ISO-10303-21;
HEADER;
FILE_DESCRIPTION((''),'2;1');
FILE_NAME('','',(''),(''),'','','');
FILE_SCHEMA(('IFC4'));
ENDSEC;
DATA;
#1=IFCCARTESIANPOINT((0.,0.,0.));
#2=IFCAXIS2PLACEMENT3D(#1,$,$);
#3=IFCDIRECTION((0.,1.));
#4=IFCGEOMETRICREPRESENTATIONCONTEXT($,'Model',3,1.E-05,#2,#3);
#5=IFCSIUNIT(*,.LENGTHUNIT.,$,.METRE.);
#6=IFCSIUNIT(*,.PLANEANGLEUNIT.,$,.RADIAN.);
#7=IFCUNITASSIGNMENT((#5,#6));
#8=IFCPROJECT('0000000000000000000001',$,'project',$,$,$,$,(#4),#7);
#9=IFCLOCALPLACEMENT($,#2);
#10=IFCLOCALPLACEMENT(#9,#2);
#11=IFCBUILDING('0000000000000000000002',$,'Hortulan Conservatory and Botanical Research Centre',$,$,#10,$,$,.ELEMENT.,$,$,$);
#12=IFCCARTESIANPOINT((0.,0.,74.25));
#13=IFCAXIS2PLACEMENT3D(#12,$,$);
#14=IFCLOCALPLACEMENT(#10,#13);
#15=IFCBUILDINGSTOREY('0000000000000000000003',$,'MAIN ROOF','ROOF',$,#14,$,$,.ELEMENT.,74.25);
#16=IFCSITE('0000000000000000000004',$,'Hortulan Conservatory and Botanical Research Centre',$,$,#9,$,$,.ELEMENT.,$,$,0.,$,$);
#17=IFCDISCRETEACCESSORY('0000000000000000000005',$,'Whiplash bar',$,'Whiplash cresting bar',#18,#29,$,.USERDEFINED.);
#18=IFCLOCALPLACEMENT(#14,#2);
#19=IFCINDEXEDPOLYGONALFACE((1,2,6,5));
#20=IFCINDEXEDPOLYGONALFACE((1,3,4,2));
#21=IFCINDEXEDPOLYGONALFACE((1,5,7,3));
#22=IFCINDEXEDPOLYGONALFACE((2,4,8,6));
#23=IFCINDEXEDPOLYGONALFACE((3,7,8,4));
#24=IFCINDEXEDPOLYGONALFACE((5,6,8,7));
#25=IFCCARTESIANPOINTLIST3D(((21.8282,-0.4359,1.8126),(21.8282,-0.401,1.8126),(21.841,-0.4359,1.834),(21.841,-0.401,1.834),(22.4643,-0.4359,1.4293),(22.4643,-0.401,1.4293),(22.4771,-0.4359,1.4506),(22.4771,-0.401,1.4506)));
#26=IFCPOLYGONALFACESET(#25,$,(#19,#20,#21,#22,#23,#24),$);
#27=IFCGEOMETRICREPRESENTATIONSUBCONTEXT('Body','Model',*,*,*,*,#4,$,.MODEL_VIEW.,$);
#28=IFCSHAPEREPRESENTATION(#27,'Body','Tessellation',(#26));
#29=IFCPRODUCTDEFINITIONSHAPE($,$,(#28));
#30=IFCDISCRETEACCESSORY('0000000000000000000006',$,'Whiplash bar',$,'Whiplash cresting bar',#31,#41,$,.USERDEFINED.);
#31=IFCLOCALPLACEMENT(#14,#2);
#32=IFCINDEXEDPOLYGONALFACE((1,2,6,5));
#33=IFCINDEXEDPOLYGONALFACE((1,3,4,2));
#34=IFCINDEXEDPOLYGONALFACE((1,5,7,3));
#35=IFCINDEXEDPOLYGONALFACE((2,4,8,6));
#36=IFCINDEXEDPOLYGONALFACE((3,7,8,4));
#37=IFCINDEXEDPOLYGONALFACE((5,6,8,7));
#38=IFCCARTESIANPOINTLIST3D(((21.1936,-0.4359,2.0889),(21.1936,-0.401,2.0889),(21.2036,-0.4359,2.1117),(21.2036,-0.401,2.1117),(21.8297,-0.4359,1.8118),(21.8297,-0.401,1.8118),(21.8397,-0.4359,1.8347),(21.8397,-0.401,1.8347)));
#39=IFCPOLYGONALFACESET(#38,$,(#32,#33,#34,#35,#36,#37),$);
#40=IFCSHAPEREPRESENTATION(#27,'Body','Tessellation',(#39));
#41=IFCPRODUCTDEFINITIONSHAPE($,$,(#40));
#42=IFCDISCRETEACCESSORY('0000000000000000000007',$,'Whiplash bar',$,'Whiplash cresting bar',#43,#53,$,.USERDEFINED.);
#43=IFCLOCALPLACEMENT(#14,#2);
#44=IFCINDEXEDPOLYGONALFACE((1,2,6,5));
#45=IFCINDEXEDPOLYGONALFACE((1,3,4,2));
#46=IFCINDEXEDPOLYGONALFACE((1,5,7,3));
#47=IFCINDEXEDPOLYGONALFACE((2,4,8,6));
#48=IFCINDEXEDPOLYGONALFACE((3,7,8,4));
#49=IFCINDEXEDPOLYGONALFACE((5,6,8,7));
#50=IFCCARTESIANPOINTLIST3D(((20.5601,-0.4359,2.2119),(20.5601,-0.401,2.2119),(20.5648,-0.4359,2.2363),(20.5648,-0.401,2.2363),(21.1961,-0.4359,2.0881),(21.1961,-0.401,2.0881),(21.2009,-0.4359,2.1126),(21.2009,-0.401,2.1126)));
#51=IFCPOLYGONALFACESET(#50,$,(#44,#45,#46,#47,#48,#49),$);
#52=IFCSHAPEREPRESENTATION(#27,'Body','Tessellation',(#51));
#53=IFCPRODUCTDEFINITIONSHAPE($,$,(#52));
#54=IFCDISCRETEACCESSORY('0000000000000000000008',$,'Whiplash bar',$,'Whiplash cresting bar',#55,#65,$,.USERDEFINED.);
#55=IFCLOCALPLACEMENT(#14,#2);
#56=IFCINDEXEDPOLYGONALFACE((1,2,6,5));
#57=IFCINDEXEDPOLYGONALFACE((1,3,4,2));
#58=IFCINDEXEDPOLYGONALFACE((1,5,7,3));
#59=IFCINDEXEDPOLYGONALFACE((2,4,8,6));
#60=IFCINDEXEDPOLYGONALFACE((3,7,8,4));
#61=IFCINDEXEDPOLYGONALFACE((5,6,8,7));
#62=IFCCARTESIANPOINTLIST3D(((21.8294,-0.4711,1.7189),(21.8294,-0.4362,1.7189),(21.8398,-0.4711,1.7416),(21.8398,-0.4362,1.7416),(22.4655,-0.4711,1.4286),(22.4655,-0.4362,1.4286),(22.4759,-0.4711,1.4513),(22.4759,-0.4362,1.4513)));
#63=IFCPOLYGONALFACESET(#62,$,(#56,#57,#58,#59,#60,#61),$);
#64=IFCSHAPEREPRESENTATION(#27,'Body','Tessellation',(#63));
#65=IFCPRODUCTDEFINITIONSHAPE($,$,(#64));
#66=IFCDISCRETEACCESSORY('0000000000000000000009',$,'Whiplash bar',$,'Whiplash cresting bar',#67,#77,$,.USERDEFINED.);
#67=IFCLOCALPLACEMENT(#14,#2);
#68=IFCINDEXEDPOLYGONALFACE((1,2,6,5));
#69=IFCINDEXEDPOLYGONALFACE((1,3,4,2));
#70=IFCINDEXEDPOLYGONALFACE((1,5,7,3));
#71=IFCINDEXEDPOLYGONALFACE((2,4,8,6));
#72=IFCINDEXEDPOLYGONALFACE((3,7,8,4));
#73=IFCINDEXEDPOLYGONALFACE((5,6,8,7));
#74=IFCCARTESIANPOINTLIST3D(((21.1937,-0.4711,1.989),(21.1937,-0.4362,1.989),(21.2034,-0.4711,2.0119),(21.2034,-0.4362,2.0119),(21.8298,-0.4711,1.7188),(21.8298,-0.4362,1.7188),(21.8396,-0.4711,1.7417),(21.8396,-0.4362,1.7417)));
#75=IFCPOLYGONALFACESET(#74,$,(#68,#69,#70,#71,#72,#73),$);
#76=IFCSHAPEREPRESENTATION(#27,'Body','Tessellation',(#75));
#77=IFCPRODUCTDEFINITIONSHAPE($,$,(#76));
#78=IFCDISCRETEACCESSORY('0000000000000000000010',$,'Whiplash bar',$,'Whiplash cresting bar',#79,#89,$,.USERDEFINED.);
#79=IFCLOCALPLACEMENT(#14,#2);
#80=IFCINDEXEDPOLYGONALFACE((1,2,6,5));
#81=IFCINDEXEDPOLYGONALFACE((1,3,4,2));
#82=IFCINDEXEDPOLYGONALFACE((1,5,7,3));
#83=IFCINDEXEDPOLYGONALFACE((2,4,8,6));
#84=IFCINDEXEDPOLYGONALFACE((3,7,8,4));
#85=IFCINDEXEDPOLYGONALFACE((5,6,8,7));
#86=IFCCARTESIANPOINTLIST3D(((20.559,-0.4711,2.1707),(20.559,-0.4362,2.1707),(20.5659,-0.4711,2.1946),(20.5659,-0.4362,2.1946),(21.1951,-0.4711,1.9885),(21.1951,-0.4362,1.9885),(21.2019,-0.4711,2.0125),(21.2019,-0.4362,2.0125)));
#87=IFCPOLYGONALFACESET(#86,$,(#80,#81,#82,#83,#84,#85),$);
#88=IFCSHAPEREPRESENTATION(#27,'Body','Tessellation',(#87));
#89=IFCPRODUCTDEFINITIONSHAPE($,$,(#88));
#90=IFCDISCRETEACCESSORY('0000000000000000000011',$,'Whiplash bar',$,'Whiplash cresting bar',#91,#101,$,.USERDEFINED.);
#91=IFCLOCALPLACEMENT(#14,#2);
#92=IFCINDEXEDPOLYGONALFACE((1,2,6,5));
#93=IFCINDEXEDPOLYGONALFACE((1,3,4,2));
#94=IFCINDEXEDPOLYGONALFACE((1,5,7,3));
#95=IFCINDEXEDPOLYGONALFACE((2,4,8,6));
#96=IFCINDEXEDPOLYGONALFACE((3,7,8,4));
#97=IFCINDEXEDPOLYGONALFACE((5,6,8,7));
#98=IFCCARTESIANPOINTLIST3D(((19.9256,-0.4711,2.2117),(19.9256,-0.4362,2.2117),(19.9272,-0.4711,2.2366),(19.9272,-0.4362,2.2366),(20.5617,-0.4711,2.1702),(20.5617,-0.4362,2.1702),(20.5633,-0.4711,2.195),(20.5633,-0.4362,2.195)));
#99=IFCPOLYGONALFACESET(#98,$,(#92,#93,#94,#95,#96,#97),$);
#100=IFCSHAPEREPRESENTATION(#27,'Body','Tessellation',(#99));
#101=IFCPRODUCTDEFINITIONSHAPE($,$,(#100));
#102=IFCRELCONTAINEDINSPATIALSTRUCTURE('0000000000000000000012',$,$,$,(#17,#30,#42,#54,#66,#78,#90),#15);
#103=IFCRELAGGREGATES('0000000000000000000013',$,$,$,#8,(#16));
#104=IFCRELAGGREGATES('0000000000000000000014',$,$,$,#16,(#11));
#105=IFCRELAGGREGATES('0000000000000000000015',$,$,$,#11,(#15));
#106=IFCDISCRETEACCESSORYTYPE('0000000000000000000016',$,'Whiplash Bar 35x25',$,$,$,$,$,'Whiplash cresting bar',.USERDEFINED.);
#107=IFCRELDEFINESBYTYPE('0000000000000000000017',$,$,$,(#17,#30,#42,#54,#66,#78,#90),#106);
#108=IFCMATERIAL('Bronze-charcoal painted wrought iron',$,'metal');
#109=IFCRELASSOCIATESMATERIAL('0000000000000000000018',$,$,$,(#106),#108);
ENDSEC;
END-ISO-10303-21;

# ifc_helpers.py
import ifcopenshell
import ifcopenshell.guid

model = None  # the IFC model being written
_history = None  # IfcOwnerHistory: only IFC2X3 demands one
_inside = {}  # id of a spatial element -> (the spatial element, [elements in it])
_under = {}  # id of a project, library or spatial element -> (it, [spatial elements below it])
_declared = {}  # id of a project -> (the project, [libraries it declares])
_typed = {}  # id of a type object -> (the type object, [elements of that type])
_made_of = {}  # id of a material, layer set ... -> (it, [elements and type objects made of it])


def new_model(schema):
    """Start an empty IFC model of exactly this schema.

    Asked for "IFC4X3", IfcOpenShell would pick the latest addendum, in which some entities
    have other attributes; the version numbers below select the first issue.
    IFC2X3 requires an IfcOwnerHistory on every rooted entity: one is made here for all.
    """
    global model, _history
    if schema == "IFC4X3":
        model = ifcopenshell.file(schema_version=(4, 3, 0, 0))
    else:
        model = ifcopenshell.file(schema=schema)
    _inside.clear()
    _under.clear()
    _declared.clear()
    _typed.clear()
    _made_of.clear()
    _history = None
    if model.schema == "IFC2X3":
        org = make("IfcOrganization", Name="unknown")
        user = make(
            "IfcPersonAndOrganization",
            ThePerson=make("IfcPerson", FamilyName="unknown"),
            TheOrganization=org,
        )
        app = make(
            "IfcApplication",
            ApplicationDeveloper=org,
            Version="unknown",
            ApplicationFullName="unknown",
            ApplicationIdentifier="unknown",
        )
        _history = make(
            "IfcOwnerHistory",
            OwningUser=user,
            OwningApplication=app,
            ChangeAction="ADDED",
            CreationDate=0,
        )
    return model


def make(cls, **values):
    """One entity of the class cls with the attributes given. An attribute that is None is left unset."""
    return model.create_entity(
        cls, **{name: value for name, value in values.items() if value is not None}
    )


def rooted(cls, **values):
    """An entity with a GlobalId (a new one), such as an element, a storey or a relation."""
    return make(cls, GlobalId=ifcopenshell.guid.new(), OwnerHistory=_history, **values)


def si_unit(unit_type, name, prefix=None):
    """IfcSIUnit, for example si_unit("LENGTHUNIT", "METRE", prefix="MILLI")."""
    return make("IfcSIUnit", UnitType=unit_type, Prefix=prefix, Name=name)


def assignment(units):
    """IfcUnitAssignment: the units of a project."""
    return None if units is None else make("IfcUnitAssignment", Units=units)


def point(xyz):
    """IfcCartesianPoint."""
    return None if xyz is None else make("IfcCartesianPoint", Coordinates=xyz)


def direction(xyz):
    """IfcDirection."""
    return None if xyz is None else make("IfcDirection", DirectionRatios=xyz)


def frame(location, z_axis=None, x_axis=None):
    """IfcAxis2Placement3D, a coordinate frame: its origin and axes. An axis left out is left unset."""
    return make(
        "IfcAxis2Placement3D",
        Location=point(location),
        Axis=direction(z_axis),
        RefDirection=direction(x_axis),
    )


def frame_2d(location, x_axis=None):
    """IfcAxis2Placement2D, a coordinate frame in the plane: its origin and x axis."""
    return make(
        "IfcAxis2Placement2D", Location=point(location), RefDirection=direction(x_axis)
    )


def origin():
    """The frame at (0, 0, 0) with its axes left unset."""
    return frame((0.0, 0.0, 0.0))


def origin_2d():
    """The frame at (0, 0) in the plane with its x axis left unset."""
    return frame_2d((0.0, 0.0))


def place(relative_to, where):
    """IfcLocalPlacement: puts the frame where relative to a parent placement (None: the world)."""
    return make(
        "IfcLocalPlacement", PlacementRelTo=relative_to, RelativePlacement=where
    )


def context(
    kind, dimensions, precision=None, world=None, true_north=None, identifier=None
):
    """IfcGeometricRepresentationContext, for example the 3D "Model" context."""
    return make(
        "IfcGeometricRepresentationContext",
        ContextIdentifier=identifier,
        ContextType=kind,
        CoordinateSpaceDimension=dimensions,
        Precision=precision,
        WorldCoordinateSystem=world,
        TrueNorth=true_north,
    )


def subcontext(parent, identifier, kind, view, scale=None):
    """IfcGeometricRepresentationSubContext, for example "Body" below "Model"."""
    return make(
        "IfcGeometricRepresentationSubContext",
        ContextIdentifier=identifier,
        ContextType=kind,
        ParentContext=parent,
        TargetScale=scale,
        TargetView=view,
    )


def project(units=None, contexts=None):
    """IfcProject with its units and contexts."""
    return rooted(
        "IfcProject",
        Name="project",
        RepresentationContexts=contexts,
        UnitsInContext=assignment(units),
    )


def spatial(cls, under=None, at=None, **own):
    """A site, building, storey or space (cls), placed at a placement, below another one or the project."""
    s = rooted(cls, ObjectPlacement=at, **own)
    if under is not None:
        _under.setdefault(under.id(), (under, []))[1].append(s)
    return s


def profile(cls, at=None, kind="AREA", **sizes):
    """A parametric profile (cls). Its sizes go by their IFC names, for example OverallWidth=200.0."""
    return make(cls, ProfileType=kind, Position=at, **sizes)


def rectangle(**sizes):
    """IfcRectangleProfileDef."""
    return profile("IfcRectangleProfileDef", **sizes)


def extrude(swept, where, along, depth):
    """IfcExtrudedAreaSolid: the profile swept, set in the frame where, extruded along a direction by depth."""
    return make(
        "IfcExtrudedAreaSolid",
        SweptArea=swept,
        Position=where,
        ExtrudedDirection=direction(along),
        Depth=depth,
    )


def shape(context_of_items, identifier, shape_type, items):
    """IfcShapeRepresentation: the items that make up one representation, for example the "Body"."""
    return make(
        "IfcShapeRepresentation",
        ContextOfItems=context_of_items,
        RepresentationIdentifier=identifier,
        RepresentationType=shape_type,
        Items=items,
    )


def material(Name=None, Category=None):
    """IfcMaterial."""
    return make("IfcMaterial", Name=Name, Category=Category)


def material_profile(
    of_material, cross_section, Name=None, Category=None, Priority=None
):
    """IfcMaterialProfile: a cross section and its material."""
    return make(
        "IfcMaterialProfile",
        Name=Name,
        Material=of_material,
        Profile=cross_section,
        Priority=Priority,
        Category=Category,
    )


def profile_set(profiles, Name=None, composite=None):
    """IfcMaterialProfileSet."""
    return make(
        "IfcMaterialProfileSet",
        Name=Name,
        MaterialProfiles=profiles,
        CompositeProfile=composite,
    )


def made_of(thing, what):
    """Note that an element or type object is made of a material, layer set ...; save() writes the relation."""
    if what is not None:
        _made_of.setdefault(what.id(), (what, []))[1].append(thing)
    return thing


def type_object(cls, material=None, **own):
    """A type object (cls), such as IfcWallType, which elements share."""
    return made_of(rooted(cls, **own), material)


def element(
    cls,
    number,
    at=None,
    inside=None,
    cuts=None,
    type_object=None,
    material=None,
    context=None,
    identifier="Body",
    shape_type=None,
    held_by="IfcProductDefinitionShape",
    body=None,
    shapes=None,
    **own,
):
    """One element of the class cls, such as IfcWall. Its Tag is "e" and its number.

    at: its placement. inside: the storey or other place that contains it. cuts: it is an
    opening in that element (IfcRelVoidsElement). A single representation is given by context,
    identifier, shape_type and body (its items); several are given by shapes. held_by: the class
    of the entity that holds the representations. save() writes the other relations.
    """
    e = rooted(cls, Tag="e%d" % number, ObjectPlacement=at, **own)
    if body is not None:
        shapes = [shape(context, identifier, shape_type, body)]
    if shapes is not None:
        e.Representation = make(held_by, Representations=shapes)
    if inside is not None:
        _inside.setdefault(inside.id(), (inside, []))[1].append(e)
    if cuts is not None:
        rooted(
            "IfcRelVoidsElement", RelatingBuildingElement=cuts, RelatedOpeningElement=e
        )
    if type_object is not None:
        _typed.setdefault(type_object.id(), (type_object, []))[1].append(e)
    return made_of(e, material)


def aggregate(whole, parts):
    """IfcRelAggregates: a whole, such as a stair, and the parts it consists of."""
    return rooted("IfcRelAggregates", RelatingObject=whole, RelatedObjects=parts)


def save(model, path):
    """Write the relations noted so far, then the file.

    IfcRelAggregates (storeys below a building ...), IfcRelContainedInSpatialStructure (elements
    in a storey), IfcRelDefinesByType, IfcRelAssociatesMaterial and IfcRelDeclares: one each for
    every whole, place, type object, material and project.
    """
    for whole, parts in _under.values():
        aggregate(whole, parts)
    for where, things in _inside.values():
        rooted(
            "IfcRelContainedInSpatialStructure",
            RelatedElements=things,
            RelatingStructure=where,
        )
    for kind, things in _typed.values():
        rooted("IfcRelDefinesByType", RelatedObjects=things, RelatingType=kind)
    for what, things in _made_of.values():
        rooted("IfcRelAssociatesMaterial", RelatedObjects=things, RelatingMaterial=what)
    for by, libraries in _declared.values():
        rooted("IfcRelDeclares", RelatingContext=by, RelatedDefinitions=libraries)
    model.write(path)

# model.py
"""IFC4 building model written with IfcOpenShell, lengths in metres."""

from ifc_helpers import new_model, si_unit, direction, frame, origin, origin_2d, place, context, subcontext, project, spatial, rectangle, extrude, material, material_profile, profile_set, type_object, element, save


model = new_model("IFC4")

# Units and contexts
model_context = context("Model", 3, precision=1e-05, world=origin(), true_north=direction((0.0, 1.0)))
body_context = subcontext(model_context, "Body", "Model", "MODEL_VIEW")
ifc_project = project(units=[si_unit("LENGTHUNIT", "METRE"), si_unit("PLANEANGLEUNIT", "RADIAN")], contexts=[model_context])

# Site, building, storey
site_placement = place(None, origin())
site = spatial("IfcSite", under=ifc_project, at=site_placement, Name="Hortulan Conservatory and Botanical Research Centre", CompositionType="ELEMENT", RefElevation=0.0)
building_placement = place(site_placement, origin())
building = spatial("IfcBuilding", under=site, at=building_placement, Name="Hortulan Conservatory and Botanical Research Centre", CompositionType="ELEMENT")
storey_placement = place(building_placement, frame((0.0, 0.0, 74.25)))
storey = spatial("IfcBuildingStorey", under=building, at=storey_placement, Name="MAIN ROOF", Description="ROOF", CompositionType="ELEMENT", Elevation=74.25)

# Discrete accessories
ifc_material = material(Name="Bronze-charcoal painted wrought iron", Category="metal")
ifc_material_profile_1 = material_profile(ifc_material, rectangle(XDim=0.0349, YDim=0.0249, at=origin_2d()), Name="Flat bar 35x25")
ifc_profile_set_1 = profile_set([ifc_material_profile_1], Name="Bronze-charcoal painted wrought iron")
discrete_accessory_type_1 = type_object("IfcDiscreteAccessoryType", Name="Whiplash Bar 35x25", ElementType="Whiplash cresting bar", PredefinedType="USERDEFINED", material=ifc_profile_set_1)
for number, where, z_axis, x_axis, name in (
    (1, (22.4707, -0.4185, 1.4399), (-0.856476, 0.0, 0.516187), (0.0, -1.0, 0.0), "Whiplash bar"),
):
    element("IfcDiscreteAccessory", number, at=place(storey_placement, frame(where, z_axis=z_axis, x_axis=x_axis)), inside=storey, type_object=discrete_accessory_type_1, Name=name, ObjectType="Whiplash cresting bar", PredefinedType="USERDEFINED", context=body_context, shape_type="SweptSolid", body=[
        extrude(rectangle(XDim=0.0349, YDim=0.0249, at=origin_2d()), origin(), (0.0, 0.0, 1.0), 0.7427),
    ])
discrete_accessory_1_placement = place(storey_placement, frame((21.8347, -0.4185, 1.8232), z_axis=(-0.916818, 0.0, 0.399305), x_axis=(0.0, -1.0, 0.0)))
element("IfcDiscreteAccessory", 2, at=discrete_accessory_1_placement, inside=storey, type_object=discrete_accessory_type_1, Name="Whiplash bar", ObjectType="Whiplash cresting bar", PredefinedType="USERDEFINED", context=body_context, shape_type="SweptSolid", body=[
    extrude(rectangle(XDim=0.0349, YDim=0.0249, at=origin_2d()), origin(), (0.0, 0.0, 1.0), 0.6938),
])
discrete_accessory_2_placement = place(storey_placement, frame((21.1985, -0.4185, 2.1003), z_axis=(-0.981582, 0.0, 0.191041), x_axis=(0.0, -1.0, 0.0)))
element("IfcDiscreteAccessory", 3, at=discrete_accessory_2_placement, inside=storey, type_object=discrete_accessory_type_1, Name="Whiplash bar", ObjectType="Whiplash cresting bar", PredefinedType="USERDEFINED", context=body_context, shape_type="SweptSolid", body=[
    extrude(rectangle(XDim=0.0349, YDim=0.0249, at=origin_2d()), origin(), (0.0, 0.0, 1.0), 0.6479),
])
discrete_accessory_3_placement = place(storey_placement, frame((22.4707, -0.4536, 1.4399), z_axis=(-0.90972, 0.0, 0.415223), x_axis=(0.0, -1.0, 0.0)))
element("IfcDiscreteAccessory", 4, at=discrete_accessory_3_placement, inside=storey, type_object=discrete_accessory_type_1, Name="Whiplash bar", ObjectType="Whiplash cresting bar", PredefinedType="USERDEFINED", context=body_context, shape_type="SweptSolid", body=[
    extrude(rectangle(XDim=0.0349, YDim=0.0249, at=origin_2d()), origin(), (0.0, 0.0, 1.0), 0.6992),
])
discrete_accessory_4_placement = place(storey_placement, frame((21.8347, -0.4536, 1.7302), z_axis=(-0.920401, 0.0, 0.390976), x_axis=(0.0, -1.0, 0.0)))
element("IfcDiscreteAccessory", 5, at=discrete_accessory_4_placement, inside=storey, type_object=discrete_accessory_type_1, Name="Whiplash bar", ObjectType="Whiplash cresting bar", PredefinedType="USERDEFINED", context=body_context, shape_type="SweptSolid", body=[
    extrude(rectangle(XDim=0.0349, YDim=0.0249, at=origin_2d()), origin(), (0.0, 0.0, 1.0), 0.6912),
])
discrete_accessory_5_placement = place(storey_placement, frame((21.1985, -0.4536, 2.0005), z_axis=(-0.961357, 0.0, 0.275306), x_axis=(0.0, -1.0, 0.0)))
element("IfcDiscreteAccessory", 6, at=discrete_accessory_5_placement, inside=storey, type_object=discrete_accessory_type_1, Name="Whiplash bar", ObjectType="Whiplash cresting bar", PredefinedType="USERDEFINED", context=body_context, shape_type="SweptSolid", body=[
    extrude(rectangle(XDim=0.0349, YDim=0.0249, at=origin_2d()), origin(), (0.0, 0.0, 1.0), 0.6616),
])
discrete_accessory_6_placement = place(storey_placement, frame((20.5625, -0.4536, 2.1826), z_axis=(-0.997877, 0.0, 0.065121), x_axis=(0.0, -1.0, 0.0)))
element("IfcDiscreteAccessory", 7, at=discrete_accessory_6_placement, inside=storey, type_object=discrete_accessory_type_1, Name="Whiplash bar", ObjectType="Whiplash cresting bar", PredefinedType="USERDEFINED", context=body_context, shape_type="SweptSolid", body=[
    extrude(rectangle(XDim=0.0349, YDim=0.0249, at=origin_2d()), origin(), (0.0, 0.0, 1.0), 0.6375),
])

save(model, "model.ifc")
